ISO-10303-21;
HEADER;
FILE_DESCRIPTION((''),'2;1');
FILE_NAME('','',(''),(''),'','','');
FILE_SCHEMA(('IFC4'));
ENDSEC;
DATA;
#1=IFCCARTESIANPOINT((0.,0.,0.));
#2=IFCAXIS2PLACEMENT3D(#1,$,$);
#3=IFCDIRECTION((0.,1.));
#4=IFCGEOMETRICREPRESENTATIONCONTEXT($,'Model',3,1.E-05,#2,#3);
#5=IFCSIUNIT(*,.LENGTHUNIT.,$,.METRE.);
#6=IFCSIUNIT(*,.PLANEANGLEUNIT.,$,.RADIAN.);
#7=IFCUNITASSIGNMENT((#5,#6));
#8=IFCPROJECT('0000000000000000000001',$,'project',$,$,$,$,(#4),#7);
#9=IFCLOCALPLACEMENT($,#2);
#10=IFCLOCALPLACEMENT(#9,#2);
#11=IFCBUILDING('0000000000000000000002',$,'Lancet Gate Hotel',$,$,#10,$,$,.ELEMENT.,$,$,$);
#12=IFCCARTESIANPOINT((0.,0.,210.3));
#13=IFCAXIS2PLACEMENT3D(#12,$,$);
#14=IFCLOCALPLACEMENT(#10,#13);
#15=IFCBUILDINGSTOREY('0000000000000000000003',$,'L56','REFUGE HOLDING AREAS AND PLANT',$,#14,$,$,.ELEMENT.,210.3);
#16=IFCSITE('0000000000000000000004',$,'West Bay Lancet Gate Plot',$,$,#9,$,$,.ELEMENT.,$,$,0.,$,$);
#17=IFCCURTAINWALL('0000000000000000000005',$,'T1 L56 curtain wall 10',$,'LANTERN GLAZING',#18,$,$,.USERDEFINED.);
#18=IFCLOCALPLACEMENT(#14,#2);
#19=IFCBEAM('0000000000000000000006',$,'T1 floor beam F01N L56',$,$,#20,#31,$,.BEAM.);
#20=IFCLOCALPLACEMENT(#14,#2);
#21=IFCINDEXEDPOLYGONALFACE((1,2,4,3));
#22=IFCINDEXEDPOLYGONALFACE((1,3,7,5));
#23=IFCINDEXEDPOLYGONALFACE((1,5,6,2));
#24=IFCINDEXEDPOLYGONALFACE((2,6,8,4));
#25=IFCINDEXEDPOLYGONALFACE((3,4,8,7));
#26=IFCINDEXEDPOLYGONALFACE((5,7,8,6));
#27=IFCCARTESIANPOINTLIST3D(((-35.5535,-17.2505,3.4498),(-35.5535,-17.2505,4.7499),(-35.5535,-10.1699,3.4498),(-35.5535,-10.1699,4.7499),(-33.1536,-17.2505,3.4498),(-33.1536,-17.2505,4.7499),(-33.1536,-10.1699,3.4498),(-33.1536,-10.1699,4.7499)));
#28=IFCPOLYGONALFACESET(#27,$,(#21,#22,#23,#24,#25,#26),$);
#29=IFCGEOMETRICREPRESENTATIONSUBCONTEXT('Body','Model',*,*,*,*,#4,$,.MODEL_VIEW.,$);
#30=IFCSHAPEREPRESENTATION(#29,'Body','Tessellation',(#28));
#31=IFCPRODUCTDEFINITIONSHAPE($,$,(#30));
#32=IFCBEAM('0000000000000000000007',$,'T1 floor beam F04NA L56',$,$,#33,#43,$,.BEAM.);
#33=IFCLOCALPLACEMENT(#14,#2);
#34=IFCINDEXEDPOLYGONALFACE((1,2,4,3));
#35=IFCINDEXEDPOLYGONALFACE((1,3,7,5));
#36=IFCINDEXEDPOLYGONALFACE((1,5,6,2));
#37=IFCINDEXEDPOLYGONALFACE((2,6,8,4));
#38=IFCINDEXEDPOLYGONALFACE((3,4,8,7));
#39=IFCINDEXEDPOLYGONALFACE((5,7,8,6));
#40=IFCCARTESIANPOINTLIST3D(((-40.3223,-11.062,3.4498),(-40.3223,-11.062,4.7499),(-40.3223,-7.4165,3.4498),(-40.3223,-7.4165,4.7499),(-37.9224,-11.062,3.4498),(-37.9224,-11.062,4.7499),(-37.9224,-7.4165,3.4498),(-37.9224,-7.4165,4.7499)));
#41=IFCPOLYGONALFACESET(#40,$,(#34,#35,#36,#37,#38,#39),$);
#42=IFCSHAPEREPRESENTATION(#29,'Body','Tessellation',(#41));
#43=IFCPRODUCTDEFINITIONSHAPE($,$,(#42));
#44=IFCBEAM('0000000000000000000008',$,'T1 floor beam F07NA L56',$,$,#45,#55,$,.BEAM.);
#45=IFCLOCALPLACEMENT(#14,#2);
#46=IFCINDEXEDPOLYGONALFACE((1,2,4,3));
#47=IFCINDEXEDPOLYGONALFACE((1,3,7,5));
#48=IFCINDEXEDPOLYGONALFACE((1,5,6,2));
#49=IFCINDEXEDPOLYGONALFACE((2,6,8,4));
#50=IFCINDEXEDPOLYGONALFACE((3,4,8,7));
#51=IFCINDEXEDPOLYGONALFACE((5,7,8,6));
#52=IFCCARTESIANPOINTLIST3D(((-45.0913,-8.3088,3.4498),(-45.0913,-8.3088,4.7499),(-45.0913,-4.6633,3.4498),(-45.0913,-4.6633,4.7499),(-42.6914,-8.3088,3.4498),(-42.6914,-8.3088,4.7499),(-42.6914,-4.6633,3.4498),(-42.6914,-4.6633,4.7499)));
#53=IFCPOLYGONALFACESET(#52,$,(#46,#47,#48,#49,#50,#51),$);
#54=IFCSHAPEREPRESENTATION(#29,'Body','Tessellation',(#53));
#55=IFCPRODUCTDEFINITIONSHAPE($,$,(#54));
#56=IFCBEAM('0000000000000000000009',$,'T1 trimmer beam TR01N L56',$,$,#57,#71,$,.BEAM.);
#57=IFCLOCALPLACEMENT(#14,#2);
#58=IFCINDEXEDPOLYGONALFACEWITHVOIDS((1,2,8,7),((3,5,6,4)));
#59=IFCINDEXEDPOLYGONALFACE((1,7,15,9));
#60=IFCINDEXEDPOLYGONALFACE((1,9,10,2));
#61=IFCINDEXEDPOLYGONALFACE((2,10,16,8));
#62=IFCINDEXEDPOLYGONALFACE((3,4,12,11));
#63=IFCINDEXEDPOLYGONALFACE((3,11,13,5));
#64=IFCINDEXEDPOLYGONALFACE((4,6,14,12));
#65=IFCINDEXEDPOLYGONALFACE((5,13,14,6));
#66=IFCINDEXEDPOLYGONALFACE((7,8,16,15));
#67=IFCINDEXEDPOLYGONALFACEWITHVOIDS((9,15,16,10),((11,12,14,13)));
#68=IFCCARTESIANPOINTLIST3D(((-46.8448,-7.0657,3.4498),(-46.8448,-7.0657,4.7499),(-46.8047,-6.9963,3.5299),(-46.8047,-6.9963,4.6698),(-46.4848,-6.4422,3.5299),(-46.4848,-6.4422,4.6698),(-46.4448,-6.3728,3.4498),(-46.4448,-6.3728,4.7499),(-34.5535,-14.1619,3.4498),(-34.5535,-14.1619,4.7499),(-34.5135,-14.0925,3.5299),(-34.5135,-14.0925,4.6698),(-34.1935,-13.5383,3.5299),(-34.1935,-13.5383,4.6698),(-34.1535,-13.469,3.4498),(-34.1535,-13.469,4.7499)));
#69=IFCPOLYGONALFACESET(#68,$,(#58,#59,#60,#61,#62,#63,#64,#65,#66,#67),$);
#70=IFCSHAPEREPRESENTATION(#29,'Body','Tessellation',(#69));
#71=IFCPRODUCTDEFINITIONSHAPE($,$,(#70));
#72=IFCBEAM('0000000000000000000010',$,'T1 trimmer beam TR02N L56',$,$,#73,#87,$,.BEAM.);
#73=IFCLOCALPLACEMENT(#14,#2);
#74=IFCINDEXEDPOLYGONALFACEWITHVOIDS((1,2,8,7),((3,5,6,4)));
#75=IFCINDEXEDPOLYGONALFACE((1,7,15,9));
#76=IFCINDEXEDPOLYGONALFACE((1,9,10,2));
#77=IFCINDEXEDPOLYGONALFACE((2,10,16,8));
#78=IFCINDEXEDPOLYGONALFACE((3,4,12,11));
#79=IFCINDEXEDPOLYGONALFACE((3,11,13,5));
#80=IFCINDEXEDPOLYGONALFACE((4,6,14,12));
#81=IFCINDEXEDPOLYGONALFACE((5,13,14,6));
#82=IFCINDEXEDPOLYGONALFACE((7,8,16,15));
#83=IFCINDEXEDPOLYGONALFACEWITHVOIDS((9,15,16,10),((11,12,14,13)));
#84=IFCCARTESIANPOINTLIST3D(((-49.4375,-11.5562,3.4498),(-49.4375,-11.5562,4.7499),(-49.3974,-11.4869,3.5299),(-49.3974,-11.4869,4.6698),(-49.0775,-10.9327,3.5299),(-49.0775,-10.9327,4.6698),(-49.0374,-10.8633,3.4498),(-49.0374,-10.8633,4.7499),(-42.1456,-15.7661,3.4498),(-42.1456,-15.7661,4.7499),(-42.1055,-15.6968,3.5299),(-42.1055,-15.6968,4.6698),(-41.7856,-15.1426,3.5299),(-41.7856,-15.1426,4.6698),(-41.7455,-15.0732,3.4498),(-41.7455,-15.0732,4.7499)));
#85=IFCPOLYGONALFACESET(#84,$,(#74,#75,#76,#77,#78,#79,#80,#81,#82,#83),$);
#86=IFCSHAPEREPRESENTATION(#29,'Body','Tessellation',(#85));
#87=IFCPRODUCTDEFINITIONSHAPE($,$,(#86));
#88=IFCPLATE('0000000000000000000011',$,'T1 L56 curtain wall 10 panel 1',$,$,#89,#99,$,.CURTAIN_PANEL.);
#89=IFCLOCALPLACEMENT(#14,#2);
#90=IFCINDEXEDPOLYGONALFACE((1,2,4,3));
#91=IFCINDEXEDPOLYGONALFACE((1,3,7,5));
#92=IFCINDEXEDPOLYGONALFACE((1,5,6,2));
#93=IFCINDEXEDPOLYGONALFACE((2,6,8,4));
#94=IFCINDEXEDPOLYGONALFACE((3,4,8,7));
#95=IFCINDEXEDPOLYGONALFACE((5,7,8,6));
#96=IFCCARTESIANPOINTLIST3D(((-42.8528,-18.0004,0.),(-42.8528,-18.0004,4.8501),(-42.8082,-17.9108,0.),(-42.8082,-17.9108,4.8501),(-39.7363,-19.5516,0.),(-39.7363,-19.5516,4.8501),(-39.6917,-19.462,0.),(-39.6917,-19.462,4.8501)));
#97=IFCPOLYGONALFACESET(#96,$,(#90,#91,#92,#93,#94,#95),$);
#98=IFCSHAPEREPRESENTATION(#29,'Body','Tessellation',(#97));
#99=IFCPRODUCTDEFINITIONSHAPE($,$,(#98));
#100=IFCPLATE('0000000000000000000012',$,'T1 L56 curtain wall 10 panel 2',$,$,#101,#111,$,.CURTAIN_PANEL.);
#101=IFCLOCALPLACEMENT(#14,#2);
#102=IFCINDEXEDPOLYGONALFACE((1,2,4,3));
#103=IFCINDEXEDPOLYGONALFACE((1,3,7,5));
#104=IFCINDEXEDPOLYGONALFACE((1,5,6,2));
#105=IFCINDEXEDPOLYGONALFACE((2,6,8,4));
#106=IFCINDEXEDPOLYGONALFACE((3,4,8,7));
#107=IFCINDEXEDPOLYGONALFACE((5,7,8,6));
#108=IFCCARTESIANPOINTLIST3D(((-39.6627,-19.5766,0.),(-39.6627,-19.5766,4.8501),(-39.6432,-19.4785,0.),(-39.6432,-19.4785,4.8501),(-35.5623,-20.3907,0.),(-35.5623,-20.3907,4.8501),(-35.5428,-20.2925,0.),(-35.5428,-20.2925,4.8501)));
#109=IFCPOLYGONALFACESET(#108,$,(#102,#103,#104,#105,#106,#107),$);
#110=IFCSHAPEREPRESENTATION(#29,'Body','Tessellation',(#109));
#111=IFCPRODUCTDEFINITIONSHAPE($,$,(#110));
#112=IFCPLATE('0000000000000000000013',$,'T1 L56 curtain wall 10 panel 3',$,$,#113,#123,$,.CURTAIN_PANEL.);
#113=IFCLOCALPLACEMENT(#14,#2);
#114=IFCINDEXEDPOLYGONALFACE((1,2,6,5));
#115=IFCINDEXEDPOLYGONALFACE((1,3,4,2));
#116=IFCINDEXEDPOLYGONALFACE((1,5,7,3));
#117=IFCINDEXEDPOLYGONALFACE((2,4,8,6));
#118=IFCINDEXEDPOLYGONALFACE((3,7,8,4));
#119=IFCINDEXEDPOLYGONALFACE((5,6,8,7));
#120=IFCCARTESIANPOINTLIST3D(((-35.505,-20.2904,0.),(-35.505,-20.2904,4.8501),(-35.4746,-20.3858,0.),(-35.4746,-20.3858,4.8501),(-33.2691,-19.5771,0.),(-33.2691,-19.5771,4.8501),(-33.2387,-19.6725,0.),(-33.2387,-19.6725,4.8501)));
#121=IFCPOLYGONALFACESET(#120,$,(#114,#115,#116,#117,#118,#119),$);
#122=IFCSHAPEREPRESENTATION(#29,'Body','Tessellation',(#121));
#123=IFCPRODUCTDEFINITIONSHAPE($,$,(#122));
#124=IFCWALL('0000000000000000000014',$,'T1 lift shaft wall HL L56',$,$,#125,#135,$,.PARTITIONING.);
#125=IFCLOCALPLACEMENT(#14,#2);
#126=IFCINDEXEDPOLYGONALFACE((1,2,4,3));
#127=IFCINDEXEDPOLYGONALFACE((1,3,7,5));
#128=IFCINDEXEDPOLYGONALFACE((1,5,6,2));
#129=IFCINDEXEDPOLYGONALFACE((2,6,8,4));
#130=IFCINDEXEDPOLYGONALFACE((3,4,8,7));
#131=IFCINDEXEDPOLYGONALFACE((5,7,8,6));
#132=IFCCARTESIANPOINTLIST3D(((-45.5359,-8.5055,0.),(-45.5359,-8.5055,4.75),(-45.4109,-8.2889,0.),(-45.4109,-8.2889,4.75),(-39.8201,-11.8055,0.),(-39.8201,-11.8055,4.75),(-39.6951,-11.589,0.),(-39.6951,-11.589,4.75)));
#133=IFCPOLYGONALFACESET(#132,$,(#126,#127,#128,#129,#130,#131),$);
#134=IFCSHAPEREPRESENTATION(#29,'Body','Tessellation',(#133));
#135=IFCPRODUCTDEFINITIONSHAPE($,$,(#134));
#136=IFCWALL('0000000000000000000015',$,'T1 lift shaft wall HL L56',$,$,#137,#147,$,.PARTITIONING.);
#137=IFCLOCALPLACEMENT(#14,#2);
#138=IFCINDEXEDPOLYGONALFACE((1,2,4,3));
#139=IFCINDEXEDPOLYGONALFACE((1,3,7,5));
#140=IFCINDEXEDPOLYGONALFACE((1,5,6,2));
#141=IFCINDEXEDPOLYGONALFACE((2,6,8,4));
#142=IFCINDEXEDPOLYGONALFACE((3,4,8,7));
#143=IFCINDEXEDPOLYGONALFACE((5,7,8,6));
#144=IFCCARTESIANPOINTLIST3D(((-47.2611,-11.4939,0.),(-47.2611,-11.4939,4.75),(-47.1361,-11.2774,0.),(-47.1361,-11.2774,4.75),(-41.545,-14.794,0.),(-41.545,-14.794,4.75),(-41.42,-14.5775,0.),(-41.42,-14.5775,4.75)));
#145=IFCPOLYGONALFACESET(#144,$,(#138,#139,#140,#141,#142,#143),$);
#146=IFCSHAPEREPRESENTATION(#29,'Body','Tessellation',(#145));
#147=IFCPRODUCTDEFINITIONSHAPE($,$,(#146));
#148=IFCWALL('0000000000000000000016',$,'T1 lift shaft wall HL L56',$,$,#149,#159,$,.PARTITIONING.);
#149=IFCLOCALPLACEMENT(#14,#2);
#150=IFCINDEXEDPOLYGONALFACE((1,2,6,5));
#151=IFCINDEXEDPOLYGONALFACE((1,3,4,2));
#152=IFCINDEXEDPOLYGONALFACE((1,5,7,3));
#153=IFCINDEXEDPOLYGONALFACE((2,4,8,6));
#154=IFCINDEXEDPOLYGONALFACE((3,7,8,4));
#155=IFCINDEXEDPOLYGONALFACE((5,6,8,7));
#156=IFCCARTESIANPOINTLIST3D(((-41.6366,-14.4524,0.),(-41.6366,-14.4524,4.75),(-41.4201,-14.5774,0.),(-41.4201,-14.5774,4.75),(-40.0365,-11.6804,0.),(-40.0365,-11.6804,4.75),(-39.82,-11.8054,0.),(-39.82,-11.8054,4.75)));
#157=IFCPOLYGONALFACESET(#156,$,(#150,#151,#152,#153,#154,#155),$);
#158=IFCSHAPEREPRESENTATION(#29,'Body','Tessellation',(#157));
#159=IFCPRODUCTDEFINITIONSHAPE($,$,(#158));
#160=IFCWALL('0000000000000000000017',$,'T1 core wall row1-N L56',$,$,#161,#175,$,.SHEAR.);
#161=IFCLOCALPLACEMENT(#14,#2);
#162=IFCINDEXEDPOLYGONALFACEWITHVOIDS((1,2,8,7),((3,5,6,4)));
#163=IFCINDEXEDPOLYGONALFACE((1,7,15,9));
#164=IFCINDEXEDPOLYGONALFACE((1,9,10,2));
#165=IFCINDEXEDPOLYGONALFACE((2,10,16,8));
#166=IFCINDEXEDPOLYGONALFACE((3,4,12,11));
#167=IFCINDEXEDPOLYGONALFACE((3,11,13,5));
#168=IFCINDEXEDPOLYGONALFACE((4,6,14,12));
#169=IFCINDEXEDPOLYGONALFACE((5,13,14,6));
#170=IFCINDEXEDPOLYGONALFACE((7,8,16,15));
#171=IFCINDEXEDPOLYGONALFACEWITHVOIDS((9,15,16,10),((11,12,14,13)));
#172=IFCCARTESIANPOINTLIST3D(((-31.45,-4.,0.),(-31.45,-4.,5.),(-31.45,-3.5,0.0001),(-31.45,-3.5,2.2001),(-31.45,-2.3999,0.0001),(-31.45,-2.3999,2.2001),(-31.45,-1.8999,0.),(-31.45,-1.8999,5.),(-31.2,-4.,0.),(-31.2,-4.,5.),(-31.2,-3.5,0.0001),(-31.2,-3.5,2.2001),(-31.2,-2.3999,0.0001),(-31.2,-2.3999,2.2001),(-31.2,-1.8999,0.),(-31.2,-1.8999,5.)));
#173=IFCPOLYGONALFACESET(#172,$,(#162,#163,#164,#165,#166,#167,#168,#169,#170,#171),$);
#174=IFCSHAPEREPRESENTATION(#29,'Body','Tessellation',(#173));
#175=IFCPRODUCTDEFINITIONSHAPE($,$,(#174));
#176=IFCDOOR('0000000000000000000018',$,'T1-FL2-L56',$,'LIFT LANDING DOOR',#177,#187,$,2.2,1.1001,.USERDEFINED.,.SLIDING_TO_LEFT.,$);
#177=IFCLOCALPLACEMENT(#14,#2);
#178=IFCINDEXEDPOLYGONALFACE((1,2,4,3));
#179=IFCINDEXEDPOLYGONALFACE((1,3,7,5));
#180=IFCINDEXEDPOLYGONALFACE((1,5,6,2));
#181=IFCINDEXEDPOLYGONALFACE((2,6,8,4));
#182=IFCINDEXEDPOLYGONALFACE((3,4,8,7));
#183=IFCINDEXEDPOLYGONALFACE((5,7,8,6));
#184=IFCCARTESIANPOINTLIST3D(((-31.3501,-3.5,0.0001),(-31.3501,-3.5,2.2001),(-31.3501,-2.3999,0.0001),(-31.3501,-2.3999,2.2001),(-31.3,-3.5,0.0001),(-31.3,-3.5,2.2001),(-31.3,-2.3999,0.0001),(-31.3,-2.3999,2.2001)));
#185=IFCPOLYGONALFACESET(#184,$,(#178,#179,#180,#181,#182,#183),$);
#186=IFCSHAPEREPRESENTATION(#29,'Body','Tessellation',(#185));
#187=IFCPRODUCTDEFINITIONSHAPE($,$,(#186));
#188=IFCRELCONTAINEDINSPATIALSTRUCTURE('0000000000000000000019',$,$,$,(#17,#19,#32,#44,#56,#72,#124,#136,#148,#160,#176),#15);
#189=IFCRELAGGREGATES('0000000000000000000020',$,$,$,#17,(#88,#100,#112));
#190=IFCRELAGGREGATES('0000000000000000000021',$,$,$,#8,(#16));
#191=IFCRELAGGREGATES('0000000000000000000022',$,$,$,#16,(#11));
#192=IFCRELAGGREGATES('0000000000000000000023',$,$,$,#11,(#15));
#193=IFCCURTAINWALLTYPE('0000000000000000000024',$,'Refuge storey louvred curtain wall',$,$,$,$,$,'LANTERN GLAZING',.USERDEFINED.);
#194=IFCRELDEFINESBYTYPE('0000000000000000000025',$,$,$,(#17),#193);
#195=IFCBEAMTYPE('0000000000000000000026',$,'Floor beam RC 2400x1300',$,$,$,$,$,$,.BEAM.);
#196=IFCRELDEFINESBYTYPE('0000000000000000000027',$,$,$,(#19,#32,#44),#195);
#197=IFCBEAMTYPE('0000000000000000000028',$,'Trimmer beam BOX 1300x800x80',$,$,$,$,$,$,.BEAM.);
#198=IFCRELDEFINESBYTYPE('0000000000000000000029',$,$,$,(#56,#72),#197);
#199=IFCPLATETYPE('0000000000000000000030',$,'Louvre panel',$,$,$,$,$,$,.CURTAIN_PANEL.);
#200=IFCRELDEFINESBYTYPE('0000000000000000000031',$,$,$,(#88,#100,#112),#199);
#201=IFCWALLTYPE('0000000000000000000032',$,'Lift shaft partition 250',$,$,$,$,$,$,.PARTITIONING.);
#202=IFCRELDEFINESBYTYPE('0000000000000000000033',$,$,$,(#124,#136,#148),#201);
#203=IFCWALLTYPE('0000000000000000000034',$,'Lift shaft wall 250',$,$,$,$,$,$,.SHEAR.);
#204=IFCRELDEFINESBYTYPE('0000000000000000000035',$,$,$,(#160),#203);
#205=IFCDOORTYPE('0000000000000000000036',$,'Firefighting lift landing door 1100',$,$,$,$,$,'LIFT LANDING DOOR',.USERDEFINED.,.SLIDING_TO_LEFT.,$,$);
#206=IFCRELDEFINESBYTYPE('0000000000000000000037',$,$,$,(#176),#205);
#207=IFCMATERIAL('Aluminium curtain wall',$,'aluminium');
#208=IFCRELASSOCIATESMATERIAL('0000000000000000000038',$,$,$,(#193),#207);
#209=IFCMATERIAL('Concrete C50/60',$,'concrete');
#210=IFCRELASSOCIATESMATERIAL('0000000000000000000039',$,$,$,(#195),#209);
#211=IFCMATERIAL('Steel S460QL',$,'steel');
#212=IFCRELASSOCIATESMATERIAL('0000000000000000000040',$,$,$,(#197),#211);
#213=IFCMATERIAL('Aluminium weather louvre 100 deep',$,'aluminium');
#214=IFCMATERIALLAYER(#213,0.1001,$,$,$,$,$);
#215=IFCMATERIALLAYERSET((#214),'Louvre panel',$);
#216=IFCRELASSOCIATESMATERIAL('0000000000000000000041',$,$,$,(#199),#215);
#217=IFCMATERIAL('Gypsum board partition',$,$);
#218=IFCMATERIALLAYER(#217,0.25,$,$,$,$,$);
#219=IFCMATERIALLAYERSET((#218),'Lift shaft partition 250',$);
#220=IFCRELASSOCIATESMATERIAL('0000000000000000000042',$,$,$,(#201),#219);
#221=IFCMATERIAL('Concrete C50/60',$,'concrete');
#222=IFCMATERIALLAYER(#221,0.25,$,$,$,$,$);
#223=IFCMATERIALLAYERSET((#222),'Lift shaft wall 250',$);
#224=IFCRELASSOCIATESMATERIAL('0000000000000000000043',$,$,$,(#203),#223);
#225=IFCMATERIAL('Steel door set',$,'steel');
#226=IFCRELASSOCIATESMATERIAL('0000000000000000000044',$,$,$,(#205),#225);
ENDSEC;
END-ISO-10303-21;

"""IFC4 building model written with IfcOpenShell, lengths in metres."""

from ifc_helpers import new_model, si_unit, direction, frame, frame_2d, origin, origin_2d, place, context, subcontext, project, spatial, rectangle, hollow_rectangle, extrude, material, layer, layer_set, material_profile, profile_set, type_object, element, fill, aggregate, save


model = new_model("IFC4")

# Units and contexts
model_context = context("Model", 3, precision=1e-05, world=origin(), true_north=direction((0.0, 1.0)))
body_context = subcontext(model_context, "Body", "Model", "MODEL_VIEW")
ifc_project = project(units=[si_unit("LENGTHUNIT", "METRE"), si_unit("PLANEANGLEUNIT", "RADIAN")], contexts=[model_context])

# Site, building, storey
site_placement = place(None, origin())
site = spatial("IfcSite", under=ifc_project, at=site_placement, Name="West Bay Lancet Gate Plot", CompositionType="ELEMENT", RefElevation=0.0)
building_placement = place(site_placement, origin())
building = spatial("IfcBuilding", under=site, at=building_placement, Name="Lancet Gate Hotel", CompositionType="ELEMENT")
storey_placement = place(building_placement, frame((0.0, 0.0, 210.3)))
storey = spatial("IfcBuildingStorey", under=building, at=storey_placement, Name="L56", Description="REFUGE HOLDING AREAS AND PLANT", CompositionType="ELEMENT", Elevation=210.3)

# Curtain wall
ifc_material_1 = material(Name="Aluminium curtain wall", Category="aluminium")
curtain_wall_type = type_object("IfcCurtainWallType", Name="Refuge storey louvred curtain wall", ElementType="LANTERN GLAZING", PredefinedType="USERDEFINED", material=ifc_material_1)
curtain_wall_1_placement = place(storey_placement, origin())
curtain_wall_1 = element("IfcCurtainWall", 1, at=curtain_wall_1_placement, inside=storey, type_object=curtain_wall_type, Name="T1 L56 curtain wall 10", ObjectType="LANTERN GLAZING", PredefinedType="USERDEFINED")

# Beams
ifc_material_2 = material(Name="Concrete C50/60", Category="concrete")
ifc_material_profile_1 = material_profile(ifc_material_2, rectangle(XDim=2.3999, YDim=1.3, at=origin_2d()), Name="RC 2400x1300")
ifc_profile_set_1 = profile_set([ifc_material_profile_1], Name="Concrete C50/60")
beam_type_1 = type_object("IfcBeamType", Name="Floor beam RC 2400x1300", PredefinedType="BEAM", material=ifc_profile_set_1)
beam_1_placement = place(storey_placement, frame((-34.3535, -10.1699, 4.0999), z_axis=(0.0, -1.0, 0.0), x_axis=(1.0, 0.0, 0.0)))
element("IfcBeam", 2, at=beam_1_placement, inside=storey, type_object=beam_type_1, Name="T1 floor beam F01N L56", PredefinedType="BEAM", context=body_context, shape_type="SweptSolid", body=[
    extrude(rectangle(XDim=2.3999, YDim=1.3, at=origin_2d()), origin(), (0.0, 0.0, 1.0), 7.0806),
])
for number, where, z_axis, x_axis, name in (
    (3, (-39.1223, -7.4165, 4.0999), (0.0, -1.0, 0.0), (1.0, 0.0, 0.0), "T1 floor beam F04NA L56"),
    (4, (-43.8914, -4.6633, 4.0999), (0.0, -1.0, 0.0), (1.0, 0.0, 0.0), "T1 floor beam F07NA L56"),
):
    element("IfcBeam", number, at=place(storey_placement, frame(where, z_axis=z_axis, x_axis=x_axis)), inside=storey, type_object=beam_type_1, Name=name, PredefinedType="BEAM", context=body_context, shape_type="SweptSolid", body=[
        extrude(rectangle(XDim=2.3999, YDim=1.3, at=origin_2d()), origin(), (0.0, 0.0, 1.0), 3.6455),
    ])
ifc_material_3 = material(Name="Steel S460QL", Category="steel")
ifc_material_profile_2 = material_profile(ifc_material_3, hollow_rectangle(XDim=0.8, YDim=1.3, WallThickness=0.0801, at=origin_2d()), Name="BOX 1300x800x80")
ifc_profile_set_2 = profile_set([ifc_material_profile_2], Name="Steel S460QL")
beam_type_2 = type_object("IfcBeamType", Name="Trimmer beam BOX 1300x800x80", PredefinedType="BEAM", material=ifc_profile_set_2)
beam_2_placement = place(storey_placement, frame((-34.3535, -13.8154, 4.0999), z_axis=(-0.866031, 0.499991, 0.0), x_axis=(-0.499991, -0.866031, 0.0)))
element("IfcBeam", 5, at=beam_2_placement, inside=storey, type_object=beam_type_2, Name="T1 trimmer beam TR01N L56", PredefinedType="BEAM", context=body_context, shape_type="SweptSolid", body=[
    extrude(hollow_rectangle(XDim=0.8, YDim=1.3, WallThickness=0.0801, at=origin_2d()), origin(), (0.0, 0.0, 1.0), 14.1926),
])
beam_3_placement = place(storey_placement, frame((-41.9456, -15.4197, 4.0999), z_axis=(-0.866029, 0.499994, 0.0), x_axis=(-0.499994, -0.866029, 0.0)))
element("IfcBeam", 6, at=beam_3_placement, inside=storey, type_object=beam_type_2, Name="T1 trimmer beam TR02N L56", PredefinedType="BEAM", context=body_context, shape_type="SweptSolid", body=[
    extrude(hollow_rectangle(XDim=0.8, YDim=1.3, WallThickness=0.0801, at=origin_2d()), origin(), (0.0, 0.0, 1.0), 8.4199),
])

# Plates
ifc_material_4 = material(Name="Aluminium weather louvre 100 deep", Category="aluminium")
ifc_layer_1 = layer(ifc_material_4, 0.1001)
ifc_layer_set_1 = layer_set([ifc_layer_1], Name="Louvre panel")
plate_type = type_object("IfcPlateType", Name="Louvre panel", PredefinedType="CURTAIN_PANEL", material=ifc_layer_set_1)
plate_1_placement = place(storey_placement, frame((-41.2722, -18.7312, 0.0), z_axis=(0.0, 0.0, 1.0), x_axis=(0.895234, -0.445596, 0.0)))
plate_1 = element("IfcPlate", 7, at=plate_1_placement, type_object=plate_type, Name="T1 L56 curtain wall 10 panel 1", PredefinedType="CURTAIN_PANEL", context=body_context, shape_type="SweptSolid", body=[
    extrude(rectangle(XDim=3.4812, YDim=0.1001, at=origin_2d()), origin(), (0.0, 0.0, 1.0), 4.8501),
])
plate_2_placement = place(storey_placement, frame((-37.6028, -19.9346, 0.0), z_axis=(0.0, 0.0, 1.0), x_axis=(0.980857, -0.194731, 0.0)))
plate_2 = element("IfcPlate", 8, at=plate_2_placement, type_object=plate_type, Name="T1 L56 curtain wall 10 panel 2", PredefinedType="CURTAIN_PANEL", context=body_context, shape_type="SweptSolid", body=[
    extrude(rectangle(XDim=4.1804, YDim=0.1001, at=origin_2d()), origin(), (0.0, 0.0, 1.0), 4.8501),
])
plate_3_placement = place(storey_placement, frame((-34.3718, -19.9814, 0.0), z_axis=(0.0, 0.0, 1.0), x_axis=(0.952696, 0.303926, 0.0)))
plate_3 = element("IfcPlate", 9, at=plate_3_placement, type_object=plate_type, Name="T1 L56 curtain wall 10 panel 3", PredefinedType="CURTAIN_PANEL", context=body_context, shape_type="SweptSolid", body=[
    extrude(rectangle(XDim=2.3469, YDim=0.1001, at=origin_2d()), origin(), (0.0, 0.0, 1.0), 4.8501),
])
aggregate(curtain_wall_1, [plate_1, plate_2, plate_3])

# Walls
ifc_material_5 = material(Name="Gypsum board partition")
ifc_layer_2 = layer(ifc_material_5, 0.25)
ifc_layer_set_2 = layer_set([ifc_layer_2], Name="Lift shaft partition 250")
wall_type_1 = type_object("IfcWallType", Name="Lift shaft partition 250", PredefinedType="PARTITIONING", material=ifc_layer_set_2)
wall_1_placement = place(storey_placement, frame((-39.7576, -11.6973, 0.0), z_axis=(0.0, 0.0, 1.0), x_axis=(-0.866024, 0.500002, 0.0)))
element("IfcWall", 10, at=wall_1_placement, inside=storey, type_object=wall_type_1, Name="T1 lift shaft wall HL L56", PredefinedType="PARTITIONING", context=body_context, shape_type="SweptSolid", body=[
    extrude(rectangle(XDim=6.6001, YDim=0.25, at=frame_2d((3.3, 0.0))), origin(), (0.0, 0.0, 1.0), 4.75),
])
wall_2_placement = place(storey_placement, frame((-41.4824, -14.6858, 0.0), z_axis=(0.0, 0.0, 1.0), x_axis=(-0.866033, 0.499986, 0.0)))
element("IfcWall", 11, at=wall_2_placement, inside=storey, type_object=wall_type_1, Name="T1 lift shaft wall HL L56", PredefinedType="PARTITIONING", context=body_context, shape_type="SweptSolid", body=[
    extrude(rectangle(XDim=6.6003, YDim=0.25, at=frame_2d((3.3003, 0.0))), origin(), (0.0, 0.0, 1.0), 4.75),
])
wall_3_placement = place(storey_placement, frame((-39.9282, -11.7429, 0.0), z_axis=(0.0, 0.0, 1.0), x_axis=(-0.499929, -0.866066, 0.0)))
element("IfcWall", 12, at=wall_3_placement, inside=storey, type_object=wall_type_1, Name="T1 lift shaft wall HL L56", PredefinedType="PARTITIONING", context=body_context, shape_type="SweptSolid", body=[
    extrude(rectangle(XDim=3.2007, YDim=0.25, at=frame_2d((1.6003, 0.0))), origin(), (0.0, 0.0, 1.0), 4.75),
])

# Wall, opening, door
ifc_material_6 = material(Name="Concrete C50/60", Category="concrete")
ifc_layer_3 = layer(ifc_material_6, 0.25)
ifc_layer_set_3 = layer_set([ifc_layer_3], Name="Lift shaft wall 250")
wall_type_2 = type_object("IfcWallType", Name="Lift shaft wall 250", PredefinedType="SHEAR", material=ifc_layer_set_3)
wall_4_placement = place(storey_placement, frame((-31.325, -1.8999, 0.0), z_axis=(0.0, 0.0, 1.0), x_axis=(0.0, -1.0, 0.0)))
wall_4 = element("IfcWall", 13, at=wall_4_placement, inside=storey, type_object=wall_type_2, Name="T1 core wall row1-N L56", PredefinedType="SHEAR", context=body_context, shape_type="SweptSolid", body=[
    extrude(rectangle(XDim=2.1001, YDim=0.25, at=frame_2d((1.05, 0.0))), origin(), (0.0, 0.0, 1.0), 5.0),
])
opening_placement = place(wall_4_placement, frame((0.5, 0.0, 0.0)))
opening = element("IfcOpeningElement", 14, at=opening_placement, cuts=wall_4, PredefinedType="OPENING", context=body_context, shape_type="SweptSolid", body=[
    extrude(rectangle(XDim=1.1001, YDim=2.2, at=frame_2d((0.55, 1.1001))), frame((0.0, 0.135, 0.0), z_axis=(0.0, -1.0, 0.0), x_axis=(1.0, 0.0, 0.0)), (0.0, 0.0, 1.0), 0.27),
])
ifc_material_7 = material(Name="Steel door set", Category="steel")
door_type = type_object("IfcDoorType", Name="Firefighting lift landing door 1100", ElementType="LIFT LANDING DOOR", OperationType="SLIDING_TO_LEFT", PredefinedType="USERDEFINED", material=ifc_material_7)
door_placement = place(opening_placement, origin())
door = element("IfcDoor", 15, at=door_placement, inside=storey, type_object=door_type, Name="T1-FL2-L56", ObjectType="LIFT LANDING DOOR", OperationType="SLIDING_TO_LEFT", OverallHeight=2.2, OverallWidth=1.1001, PredefinedType="USERDEFINED", context=body_context, shape_type="SweptSolid", body=[
    extrude(rectangle(XDim=1.1001, YDim=2.2, at=frame_2d((0.55, 1.1001))), frame((0.0, 0.0249, 0.0), z_axis=(0.0, -1.0, 0.0), x_axis=(1.0, 0.0, 0.0)), (0.0, 0.0, 1.0), 0.05),
])
fill(opening, door)

save(model, "model.ifc")
